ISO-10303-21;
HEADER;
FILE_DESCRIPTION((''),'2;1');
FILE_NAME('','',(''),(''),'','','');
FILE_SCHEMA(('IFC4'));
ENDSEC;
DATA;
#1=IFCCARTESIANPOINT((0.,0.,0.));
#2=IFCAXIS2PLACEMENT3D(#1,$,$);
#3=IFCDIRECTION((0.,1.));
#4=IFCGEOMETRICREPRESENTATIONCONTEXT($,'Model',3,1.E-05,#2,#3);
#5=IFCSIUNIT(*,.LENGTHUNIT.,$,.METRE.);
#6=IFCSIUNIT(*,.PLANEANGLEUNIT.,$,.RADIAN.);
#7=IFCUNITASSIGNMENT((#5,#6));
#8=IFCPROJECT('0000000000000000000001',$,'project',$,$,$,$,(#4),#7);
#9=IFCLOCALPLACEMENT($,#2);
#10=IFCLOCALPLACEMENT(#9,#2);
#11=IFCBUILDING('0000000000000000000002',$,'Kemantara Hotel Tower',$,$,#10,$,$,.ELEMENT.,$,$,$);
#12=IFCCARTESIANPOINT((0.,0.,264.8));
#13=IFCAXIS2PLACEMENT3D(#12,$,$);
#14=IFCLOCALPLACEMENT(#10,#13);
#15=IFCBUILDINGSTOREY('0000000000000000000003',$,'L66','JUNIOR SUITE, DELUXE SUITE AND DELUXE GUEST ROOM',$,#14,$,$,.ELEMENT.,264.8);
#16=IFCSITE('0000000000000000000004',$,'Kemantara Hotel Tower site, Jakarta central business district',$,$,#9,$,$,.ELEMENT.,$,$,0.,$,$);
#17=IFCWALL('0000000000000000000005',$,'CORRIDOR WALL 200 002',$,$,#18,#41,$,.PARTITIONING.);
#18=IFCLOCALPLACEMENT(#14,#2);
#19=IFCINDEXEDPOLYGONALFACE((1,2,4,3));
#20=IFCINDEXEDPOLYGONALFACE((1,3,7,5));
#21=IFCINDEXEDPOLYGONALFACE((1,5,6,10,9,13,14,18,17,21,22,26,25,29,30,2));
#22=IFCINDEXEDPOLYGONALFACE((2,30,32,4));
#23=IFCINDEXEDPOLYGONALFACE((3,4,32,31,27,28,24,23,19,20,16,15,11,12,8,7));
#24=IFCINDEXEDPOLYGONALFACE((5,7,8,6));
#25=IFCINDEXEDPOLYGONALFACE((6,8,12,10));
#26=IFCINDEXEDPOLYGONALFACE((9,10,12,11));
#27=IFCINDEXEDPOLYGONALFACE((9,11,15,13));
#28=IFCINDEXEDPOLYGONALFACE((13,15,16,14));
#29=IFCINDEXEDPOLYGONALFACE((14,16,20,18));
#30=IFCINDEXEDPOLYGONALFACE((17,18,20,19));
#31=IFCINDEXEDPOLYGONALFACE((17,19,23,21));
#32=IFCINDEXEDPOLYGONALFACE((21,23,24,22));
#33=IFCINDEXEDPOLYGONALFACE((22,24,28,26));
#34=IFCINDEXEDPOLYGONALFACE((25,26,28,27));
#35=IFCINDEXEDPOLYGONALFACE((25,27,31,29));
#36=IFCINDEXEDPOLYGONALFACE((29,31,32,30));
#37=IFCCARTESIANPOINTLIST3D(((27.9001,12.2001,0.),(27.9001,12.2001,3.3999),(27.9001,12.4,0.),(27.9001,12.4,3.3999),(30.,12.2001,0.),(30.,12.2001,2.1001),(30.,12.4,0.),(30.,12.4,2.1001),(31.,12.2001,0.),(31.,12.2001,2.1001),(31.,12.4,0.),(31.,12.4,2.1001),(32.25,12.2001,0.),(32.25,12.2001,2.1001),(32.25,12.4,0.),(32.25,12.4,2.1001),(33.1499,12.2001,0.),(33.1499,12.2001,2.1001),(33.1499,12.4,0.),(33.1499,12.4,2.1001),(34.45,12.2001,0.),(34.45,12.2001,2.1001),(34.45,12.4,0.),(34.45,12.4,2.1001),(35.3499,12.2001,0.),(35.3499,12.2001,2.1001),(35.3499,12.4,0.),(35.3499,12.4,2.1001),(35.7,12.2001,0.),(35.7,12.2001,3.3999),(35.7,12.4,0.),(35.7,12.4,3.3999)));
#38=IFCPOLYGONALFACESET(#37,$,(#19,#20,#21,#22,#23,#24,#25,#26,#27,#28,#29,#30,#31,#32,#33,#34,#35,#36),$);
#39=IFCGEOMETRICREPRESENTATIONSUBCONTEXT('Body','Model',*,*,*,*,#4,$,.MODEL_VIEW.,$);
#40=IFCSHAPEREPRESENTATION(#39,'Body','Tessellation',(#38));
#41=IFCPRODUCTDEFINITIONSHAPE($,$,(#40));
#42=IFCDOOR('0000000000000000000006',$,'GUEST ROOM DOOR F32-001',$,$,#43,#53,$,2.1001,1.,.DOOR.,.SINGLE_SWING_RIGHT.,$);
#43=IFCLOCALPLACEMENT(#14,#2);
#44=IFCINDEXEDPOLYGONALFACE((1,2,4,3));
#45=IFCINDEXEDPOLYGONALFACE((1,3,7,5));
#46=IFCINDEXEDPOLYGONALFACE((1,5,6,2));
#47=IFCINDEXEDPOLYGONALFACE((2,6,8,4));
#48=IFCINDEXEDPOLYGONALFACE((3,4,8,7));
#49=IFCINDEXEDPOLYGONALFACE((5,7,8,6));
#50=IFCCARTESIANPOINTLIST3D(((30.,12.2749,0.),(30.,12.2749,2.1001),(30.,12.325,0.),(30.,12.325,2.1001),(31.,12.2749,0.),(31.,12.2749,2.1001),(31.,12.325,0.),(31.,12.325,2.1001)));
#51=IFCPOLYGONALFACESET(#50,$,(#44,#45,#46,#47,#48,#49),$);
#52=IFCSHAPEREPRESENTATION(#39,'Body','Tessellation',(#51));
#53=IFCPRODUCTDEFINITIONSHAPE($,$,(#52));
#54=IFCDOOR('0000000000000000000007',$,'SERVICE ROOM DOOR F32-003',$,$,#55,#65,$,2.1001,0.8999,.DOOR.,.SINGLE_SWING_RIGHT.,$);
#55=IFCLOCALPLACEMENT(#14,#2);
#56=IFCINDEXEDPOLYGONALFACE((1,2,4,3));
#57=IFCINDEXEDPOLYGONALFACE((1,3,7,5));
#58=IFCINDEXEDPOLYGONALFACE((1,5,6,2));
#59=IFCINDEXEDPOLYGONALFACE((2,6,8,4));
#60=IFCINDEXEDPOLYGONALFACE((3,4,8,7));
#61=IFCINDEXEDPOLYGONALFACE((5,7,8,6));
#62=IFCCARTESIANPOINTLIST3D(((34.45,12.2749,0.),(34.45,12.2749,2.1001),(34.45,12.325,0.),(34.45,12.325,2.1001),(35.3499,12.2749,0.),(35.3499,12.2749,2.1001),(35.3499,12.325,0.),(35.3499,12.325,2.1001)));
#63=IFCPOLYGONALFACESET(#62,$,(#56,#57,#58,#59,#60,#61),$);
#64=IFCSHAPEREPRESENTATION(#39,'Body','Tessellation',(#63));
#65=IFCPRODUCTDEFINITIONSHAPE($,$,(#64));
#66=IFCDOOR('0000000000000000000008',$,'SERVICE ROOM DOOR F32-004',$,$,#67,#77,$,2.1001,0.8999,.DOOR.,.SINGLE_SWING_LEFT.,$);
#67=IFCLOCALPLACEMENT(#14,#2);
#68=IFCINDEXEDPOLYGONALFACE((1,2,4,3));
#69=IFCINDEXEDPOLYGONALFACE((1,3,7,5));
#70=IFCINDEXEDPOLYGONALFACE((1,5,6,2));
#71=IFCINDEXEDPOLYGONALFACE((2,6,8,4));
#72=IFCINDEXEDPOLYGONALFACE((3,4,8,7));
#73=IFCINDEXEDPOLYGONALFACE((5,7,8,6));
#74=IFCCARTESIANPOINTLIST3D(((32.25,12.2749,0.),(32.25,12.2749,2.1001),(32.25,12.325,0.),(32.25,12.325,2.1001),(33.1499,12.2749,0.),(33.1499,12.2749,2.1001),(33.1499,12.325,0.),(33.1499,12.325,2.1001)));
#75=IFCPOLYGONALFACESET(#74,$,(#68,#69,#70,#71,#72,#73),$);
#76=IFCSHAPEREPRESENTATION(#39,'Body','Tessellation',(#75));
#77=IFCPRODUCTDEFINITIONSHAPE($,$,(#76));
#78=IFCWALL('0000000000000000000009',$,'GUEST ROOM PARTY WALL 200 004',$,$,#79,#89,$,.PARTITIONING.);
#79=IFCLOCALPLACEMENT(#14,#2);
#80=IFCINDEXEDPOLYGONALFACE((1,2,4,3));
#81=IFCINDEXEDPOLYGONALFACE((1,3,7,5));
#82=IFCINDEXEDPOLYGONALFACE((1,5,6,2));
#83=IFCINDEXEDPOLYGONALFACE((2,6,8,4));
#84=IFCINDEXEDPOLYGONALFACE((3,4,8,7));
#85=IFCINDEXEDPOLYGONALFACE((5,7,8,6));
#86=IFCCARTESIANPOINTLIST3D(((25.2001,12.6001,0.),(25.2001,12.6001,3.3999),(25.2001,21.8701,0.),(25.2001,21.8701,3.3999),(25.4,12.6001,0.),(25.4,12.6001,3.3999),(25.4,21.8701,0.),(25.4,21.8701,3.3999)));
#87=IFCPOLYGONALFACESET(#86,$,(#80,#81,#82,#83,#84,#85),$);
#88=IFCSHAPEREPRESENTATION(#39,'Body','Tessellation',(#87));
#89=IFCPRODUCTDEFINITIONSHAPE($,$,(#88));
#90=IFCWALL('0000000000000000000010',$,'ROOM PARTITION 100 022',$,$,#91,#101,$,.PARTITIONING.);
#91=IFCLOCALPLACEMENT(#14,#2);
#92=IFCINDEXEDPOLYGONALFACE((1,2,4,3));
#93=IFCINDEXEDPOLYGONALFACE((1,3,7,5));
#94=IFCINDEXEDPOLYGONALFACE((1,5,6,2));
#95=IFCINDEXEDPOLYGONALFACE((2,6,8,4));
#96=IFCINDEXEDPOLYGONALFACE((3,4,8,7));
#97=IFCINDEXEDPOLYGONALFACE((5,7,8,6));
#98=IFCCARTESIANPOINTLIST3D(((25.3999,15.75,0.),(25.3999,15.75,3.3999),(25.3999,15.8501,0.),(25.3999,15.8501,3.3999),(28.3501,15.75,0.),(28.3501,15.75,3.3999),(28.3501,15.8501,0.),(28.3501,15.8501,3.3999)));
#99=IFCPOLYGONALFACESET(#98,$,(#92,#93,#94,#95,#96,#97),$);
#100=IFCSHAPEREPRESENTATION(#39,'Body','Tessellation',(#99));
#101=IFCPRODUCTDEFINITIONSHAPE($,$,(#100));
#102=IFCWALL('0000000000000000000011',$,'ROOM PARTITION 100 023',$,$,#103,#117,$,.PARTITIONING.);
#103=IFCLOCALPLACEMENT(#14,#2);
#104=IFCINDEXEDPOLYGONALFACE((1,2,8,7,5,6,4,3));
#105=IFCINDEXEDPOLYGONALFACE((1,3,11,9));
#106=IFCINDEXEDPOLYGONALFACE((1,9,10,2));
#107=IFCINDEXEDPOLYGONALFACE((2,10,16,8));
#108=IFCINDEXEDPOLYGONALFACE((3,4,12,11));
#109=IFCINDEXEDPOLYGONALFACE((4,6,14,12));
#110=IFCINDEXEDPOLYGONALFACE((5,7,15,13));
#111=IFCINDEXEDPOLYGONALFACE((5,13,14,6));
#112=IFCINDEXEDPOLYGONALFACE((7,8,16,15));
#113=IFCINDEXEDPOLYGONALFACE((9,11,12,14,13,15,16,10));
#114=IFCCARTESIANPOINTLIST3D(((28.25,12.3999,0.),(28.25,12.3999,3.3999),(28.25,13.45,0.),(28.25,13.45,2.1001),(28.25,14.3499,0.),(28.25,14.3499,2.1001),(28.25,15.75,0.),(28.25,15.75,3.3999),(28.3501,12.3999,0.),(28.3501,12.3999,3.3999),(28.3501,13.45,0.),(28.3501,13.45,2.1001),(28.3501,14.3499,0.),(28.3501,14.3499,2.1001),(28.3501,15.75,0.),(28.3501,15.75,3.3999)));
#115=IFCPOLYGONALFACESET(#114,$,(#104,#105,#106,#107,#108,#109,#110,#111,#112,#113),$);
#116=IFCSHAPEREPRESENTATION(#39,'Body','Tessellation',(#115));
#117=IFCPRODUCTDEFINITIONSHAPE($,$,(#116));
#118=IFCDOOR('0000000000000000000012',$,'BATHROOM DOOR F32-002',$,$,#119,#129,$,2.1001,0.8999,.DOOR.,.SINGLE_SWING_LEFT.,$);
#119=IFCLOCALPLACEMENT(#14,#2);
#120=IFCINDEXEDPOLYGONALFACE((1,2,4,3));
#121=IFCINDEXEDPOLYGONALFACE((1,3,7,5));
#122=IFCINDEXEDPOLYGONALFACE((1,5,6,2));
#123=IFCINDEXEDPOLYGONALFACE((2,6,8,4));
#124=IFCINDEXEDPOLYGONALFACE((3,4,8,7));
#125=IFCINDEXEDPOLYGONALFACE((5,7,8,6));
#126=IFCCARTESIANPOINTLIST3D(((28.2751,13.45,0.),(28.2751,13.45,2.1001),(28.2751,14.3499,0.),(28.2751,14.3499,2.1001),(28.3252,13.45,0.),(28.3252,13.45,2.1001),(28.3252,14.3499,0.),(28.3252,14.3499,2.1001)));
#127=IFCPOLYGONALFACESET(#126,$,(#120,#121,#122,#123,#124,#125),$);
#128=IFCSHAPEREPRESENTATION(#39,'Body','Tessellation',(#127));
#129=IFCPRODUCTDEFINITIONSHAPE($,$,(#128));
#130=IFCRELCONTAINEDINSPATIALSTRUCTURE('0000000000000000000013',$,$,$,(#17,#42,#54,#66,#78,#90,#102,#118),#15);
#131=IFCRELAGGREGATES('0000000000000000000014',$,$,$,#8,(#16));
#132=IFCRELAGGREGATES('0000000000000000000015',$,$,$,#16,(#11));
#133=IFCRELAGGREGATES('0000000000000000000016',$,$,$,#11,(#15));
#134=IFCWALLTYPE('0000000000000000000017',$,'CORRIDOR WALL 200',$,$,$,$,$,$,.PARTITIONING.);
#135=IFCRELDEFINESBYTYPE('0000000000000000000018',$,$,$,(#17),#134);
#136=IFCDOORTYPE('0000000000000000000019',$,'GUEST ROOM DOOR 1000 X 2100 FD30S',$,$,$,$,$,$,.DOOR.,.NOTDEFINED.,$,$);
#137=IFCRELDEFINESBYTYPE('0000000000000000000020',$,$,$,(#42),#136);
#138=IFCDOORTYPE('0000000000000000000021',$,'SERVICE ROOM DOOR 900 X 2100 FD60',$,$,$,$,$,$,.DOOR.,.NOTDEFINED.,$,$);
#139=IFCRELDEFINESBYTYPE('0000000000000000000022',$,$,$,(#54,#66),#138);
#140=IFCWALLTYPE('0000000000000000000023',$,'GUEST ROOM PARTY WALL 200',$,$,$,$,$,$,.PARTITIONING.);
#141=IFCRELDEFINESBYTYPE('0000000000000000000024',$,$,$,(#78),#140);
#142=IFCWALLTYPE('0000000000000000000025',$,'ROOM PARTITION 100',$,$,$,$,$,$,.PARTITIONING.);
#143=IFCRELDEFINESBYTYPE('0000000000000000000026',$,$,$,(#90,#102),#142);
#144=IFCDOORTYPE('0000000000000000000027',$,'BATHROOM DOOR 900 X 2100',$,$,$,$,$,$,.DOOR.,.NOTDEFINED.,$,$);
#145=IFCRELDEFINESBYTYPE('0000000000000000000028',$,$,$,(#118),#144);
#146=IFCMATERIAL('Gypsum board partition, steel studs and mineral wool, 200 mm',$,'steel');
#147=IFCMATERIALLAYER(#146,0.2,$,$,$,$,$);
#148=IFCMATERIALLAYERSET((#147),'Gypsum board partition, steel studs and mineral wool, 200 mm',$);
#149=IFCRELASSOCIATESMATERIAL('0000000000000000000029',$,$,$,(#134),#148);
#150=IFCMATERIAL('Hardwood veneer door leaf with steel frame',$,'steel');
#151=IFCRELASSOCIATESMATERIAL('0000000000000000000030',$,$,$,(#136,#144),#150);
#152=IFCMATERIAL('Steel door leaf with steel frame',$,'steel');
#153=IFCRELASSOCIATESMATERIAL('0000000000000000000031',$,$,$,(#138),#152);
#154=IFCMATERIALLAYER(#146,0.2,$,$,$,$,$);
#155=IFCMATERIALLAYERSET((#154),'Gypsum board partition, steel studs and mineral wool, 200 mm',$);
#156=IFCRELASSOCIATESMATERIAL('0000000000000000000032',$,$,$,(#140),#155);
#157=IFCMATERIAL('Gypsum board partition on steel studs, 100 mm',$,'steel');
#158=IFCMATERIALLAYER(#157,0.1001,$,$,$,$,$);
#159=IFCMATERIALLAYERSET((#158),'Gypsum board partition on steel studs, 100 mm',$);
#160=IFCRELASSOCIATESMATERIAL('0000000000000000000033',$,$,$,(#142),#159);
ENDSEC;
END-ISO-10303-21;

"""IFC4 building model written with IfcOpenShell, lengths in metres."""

from ifc_helpers import new_model, si_unit, direction, frame, frame_2d, origin, place, context, subcontext, project, spatial, rectangle, extrude, material, layer, layer_set, type_object, element, fill, save


model = new_model("IFC4")

# Units and contexts
model_context = context("Model", 3, precision=1e-05, world=origin(), true_north=direction((0.0, 1.0)))
body_context = subcontext(model_context, "Body", "Model", "MODEL_VIEW")
ifc_project = project(units=[si_unit("LENGTHUNIT", "METRE"), si_unit("PLANEANGLEUNIT", "RADIAN")], contexts=[model_context])

# Site, building, storey
site_placement = place(None, origin())
site = spatial("IfcSite", under=ifc_project, at=site_placement, Name="Kemantara Hotel Tower site, Jakarta central business district", CompositionType="ELEMENT", RefElevation=0.0)
building_placement = place(site_placement, origin())
building = spatial("IfcBuilding", under=site, at=building_placement, Name="Kemantara Hotel Tower", CompositionType="ELEMENT")
storey_placement = place(building_placement, frame((0.0, 0.0, 264.8)))
storey = spatial("IfcBuildingStorey", under=building, at=storey_placement, Name="L66", Description="JUNIOR SUITE, DELUXE SUITE AND DELUXE GUEST ROOM", CompositionType="ELEMENT", Elevation=264.8)

# Shared definitions
ifc_material_1 = material(Name="Gypsum board partition, steel studs and mineral wool, 200 mm", Category="steel")
ifc_layer_1 = layer(ifc_material_1, 0.2)
ifc_layer_set_1 = layer_set([ifc_layer_1], Name="Gypsum board partition, steel studs and mineral wool, 200 mm")
wall_type_1 = type_object("IfcWallType", Name="CORRIDOR WALL 200", PredefinedType="PARTITIONING", material=ifc_layer_set_1)

# Wall, openings, doors
wall_1_placement = place(storey_placement, frame((27.9001, 12.3, 0.0), z_axis=(0.0, 0.0, 1.0), x_axis=(1.0, 0.0, 0.0)))
wall_1 = element("IfcWall", 1, at=wall_1_placement, inside=storey, type_object=wall_type_1, Name="CORRIDOR WALL 200 002", PredefinedType="PARTITIONING", context=body_context, shape_type="SweptSolid", body=[
    extrude(rectangle(XDim=7.7998, YDim=0.2, at=frame_2d((3.8999, 0.0))), origin(), (0.0, 0.0, 1.0), 3.3999),
])
opening_1_placement = place(wall_1_placement, frame((2.0999, 0.0, 0.0)))
opening_1 = element("IfcOpeningElement", 2, at=opening_1_placement, cuts=wall_1, PredefinedType="OPENING", context=body_context, shape_type="SweptSolid", body=[
    extrude(rectangle(XDim=1.0, YDim=2.1001, at=frame_2d((0.5, 1.05))), frame((0.0, 0.1099, 0.0), z_axis=(0.0, -1.0, 0.0), x_axis=(1.0, 0.0, 0.0)), (0.0, 0.0, 1.0), 0.22),
])
opening_2_placement = place(wall_1_placement, frame((6.5498, 0.0, 0.0)))
opening_2 = element("IfcOpeningElement", 3, at=opening_2_placement, cuts=wall_1, PredefinedType="OPENING", context=body_context, shape_type="SweptSolid", body=[
    extrude(rectangle(XDim=0.8999, YDim=2.1001, at=frame_2d((0.45, 1.05))), frame((0.0, 0.1099, 0.0), z_axis=(0.0, -1.0, 0.0), x_axis=(1.0, 0.0, 0.0)), (0.0, 0.0, 1.0), 0.22),
])
opening_3_placement = place(wall_1_placement, frame((4.3499, 0.0, 0.0)))
opening_3 = element("IfcOpeningElement", 4, at=opening_3_placement, cuts=wall_1, PredefinedType="OPENING", context=body_context, shape_type="SweptSolid", body=[
    extrude(rectangle(XDim=0.8999, YDim=2.1001, at=frame_2d((0.45, 1.05))), frame((0.0, 0.1099, 0.0), z_axis=(0.0, -1.0, 0.0), x_axis=(1.0, 0.0, 0.0)), (0.0, 0.0, 1.0), 0.22),
])
ifc_material_2 = material(Name="Hardwood veneer door leaf with steel frame", Category="steel")
door_type_1 = type_object("IfcDoorType", Name="GUEST ROOM DOOR 1000 X 2100 FD30S", OperationType="NOTDEFINED", PredefinedType="DOOR", material=ifc_material_2)
door_1_placement = place(opening_1_placement, origin())
door_1 = element("IfcDoor", 5, at=door_1_placement, inside=storey, type_object=door_type_1, Name="GUEST ROOM DOOR F32-001", OperationType="SINGLE_SWING_RIGHT", OverallHeight=2.1001, OverallWidth=1.0, PredefinedType="DOOR", context=body_context, shape_type="SweptSolid", body=[
    extrude(rectangle(XDim=1.0, YDim=2.1001, at=frame_2d((0.5, 1.05))), frame((0.0, 0.0249, 0.0), z_axis=(0.0, -1.0, 0.0), x_axis=(1.0, 0.0, 0.0)), (0.0, 0.0, 1.0), 0.05),
])
fill(opening_1, door_1)
ifc_material_3 = material(Name="Steel door leaf with steel frame", Category="steel")
door_type_2 = type_object("IfcDoorType", Name="SERVICE ROOM DOOR 900 X 2100 FD60", OperationType="NOTDEFINED", PredefinedType="DOOR", material=ifc_material_3)
door_2_placement = place(opening_2_placement, origin())
door_2 = element("IfcDoor", 6, at=door_2_placement, inside=storey, type_object=door_type_2, Name="SERVICE ROOM DOOR F32-003", OperationType="SINGLE_SWING_RIGHT", OverallHeight=2.1001, OverallWidth=0.8999, PredefinedType="DOOR", context=body_context, shape_type="SweptSolid", body=[
    extrude(rectangle(XDim=0.8999, YDim=2.1001, at=frame_2d((0.45, 1.05))), frame((0.0, 0.0249, 0.0), z_axis=(0.0, -1.0, 0.0), x_axis=(1.0, 0.0, 0.0)), (0.0, 0.0, 1.0), 0.05),
])
fill(opening_2, door_2)
door_3_placement = place(opening_3_placement, origin())
door_3 = element("IfcDoor", 7, at=door_3_placement, inside=storey, type_object=door_type_2, Name="SERVICE ROOM DOOR F32-004", OperationType="SINGLE_SWING_LEFT", OverallHeight=2.1001, OverallWidth=0.8999, PredefinedType="DOOR", context=body_context, shape_type="SweptSolid", body=[
    extrude(rectangle(XDim=0.8999, YDim=2.1001, at=frame_2d((0.45, 1.05))), frame((0.0, 0.0249, 0.0), z_axis=(0.0, -1.0, 0.0), x_axis=(1.0, 0.0, 0.0)), (0.0, 0.0, 1.0), 0.05),
])
fill(opening_3, door_3)

# Walls
ifc_layer_2 = layer(ifc_material_1, 0.2)
ifc_layer_set_2 = layer_set([ifc_layer_2], Name="Gypsum board partition, steel studs and mineral wool, 200 mm")
wall_type_2 = type_object("IfcWallType", Name="GUEST ROOM PARTY WALL 200", PredefinedType="PARTITIONING", material=ifc_layer_set_2)
wall_2_placement = place(storey_placement, frame((25.3, 12.6001, 0.0), z_axis=(0.0, 0.0, 1.0), x_axis=(0.0, 1.0, 0.0)))
element("IfcWall", 8, at=wall_2_placement, inside=storey, type_object=wall_type_2, Name="GUEST ROOM PARTY WALL 200 004", PredefinedType="PARTITIONING", context=body_context, shape_type="SweptSolid", body=[
    extrude(rectangle(XDim=9.27, YDim=0.2, at=frame_2d((4.635, 0.0))), origin(), (0.0, 0.0, 1.0), 3.3999),
])
ifc_material_4 = material(Name="Gypsum board partition on steel studs, 100 mm", Category="steel")
ifc_layer_3 = layer(ifc_material_4, 0.1001)
ifc_layer_set_3 = layer_set([ifc_layer_3], Name="Gypsum board partition on steel studs, 100 mm")
wall_type_3 = type_object("IfcWallType", Name="ROOM PARTITION 100", PredefinedType="PARTITIONING", material=ifc_layer_set_3)
wall_3_placement = place(storey_placement, frame((25.3999, 15.8, 0.0), z_axis=(0.0, 0.0, 1.0), x_axis=(1.0, 0.0, 0.0)))
element("IfcWall", 9, at=wall_3_placement, inside=storey, type_object=wall_type_3, Name="ROOM PARTITION 100 022", PredefinedType="PARTITIONING", context=body_context, shape_type="SweptSolid", body=[
    extrude(rectangle(XDim=2.9502, YDim=0.1001, at=frame_2d((1.4751, 0.0))), origin(), (0.0, 0.0, 1.0), 3.3999),
])

# Wall, opening, door
wall_4_placement = place(storey_placement, frame((28.3, 12.3999, 0.0), z_axis=(0.0, 0.0, 1.0), x_axis=(0.0, 1.0, 0.0)))
wall_4 = element("IfcWall", 10, at=wall_4_placement, inside=storey, type_object=wall_type_3, Name="ROOM PARTITION 100 023", PredefinedType="PARTITIONING", context=body_context, shape_type="SweptSolid", body=[
    extrude(rectangle(XDim=3.3501, YDim=0.1001, at=frame_2d((1.675, 0.0))), origin(), (0.0, 0.0, 1.0), 3.3999),
])
opening_4_placement = place(wall_4_placement, frame((1.05, 0.0, 0.0)))
opening_4 = element("IfcOpeningElement", 11, at=opening_4_placement, cuts=wall_4, PredefinedType="OPENING", context=body_context, shape_type="SweptSolid", body=[
    extrude(rectangle(XDim=0.8999, YDim=2.1001, at=frame_2d((0.45, 1.05))), frame((0.0, 0.0601, 0.0), z_axis=(0.0, -1.0, 0.0), x_axis=(1.0, 0.0, 0.0)), (0.0, 0.0, 1.0), 0.1201),
])
door_type_3 = type_object("IfcDoorType", Name="BATHROOM DOOR 900 X 2100", OperationType="NOTDEFINED", PredefinedType="DOOR", material=ifc_material_2)
door_4_placement = place(opening_4_placement, origin())
door_4 = element("IfcDoor", 12, at=door_4_placement, inside=storey, type_object=door_type_3, Name="BATHROOM DOOR F32-002", OperationType="SINGLE_SWING_LEFT", OverallHeight=2.1001, OverallWidth=0.8999, PredefinedType="DOOR", context=body_context, shape_type="SweptSolid", body=[
    extrude(rectangle(XDim=0.8999, YDim=2.1001, at=frame_2d((0.45, 1.05))), frame((0.0, 0.0249, 0.0), z_axis=(0.0, -1.0, 0.0), x_axis=(1.0, 0.0, 0.0)), (0.0, 0.0, 1.0), 0.05),
])
fill(opening_4, door_4)

save(model, "model.ifc")
